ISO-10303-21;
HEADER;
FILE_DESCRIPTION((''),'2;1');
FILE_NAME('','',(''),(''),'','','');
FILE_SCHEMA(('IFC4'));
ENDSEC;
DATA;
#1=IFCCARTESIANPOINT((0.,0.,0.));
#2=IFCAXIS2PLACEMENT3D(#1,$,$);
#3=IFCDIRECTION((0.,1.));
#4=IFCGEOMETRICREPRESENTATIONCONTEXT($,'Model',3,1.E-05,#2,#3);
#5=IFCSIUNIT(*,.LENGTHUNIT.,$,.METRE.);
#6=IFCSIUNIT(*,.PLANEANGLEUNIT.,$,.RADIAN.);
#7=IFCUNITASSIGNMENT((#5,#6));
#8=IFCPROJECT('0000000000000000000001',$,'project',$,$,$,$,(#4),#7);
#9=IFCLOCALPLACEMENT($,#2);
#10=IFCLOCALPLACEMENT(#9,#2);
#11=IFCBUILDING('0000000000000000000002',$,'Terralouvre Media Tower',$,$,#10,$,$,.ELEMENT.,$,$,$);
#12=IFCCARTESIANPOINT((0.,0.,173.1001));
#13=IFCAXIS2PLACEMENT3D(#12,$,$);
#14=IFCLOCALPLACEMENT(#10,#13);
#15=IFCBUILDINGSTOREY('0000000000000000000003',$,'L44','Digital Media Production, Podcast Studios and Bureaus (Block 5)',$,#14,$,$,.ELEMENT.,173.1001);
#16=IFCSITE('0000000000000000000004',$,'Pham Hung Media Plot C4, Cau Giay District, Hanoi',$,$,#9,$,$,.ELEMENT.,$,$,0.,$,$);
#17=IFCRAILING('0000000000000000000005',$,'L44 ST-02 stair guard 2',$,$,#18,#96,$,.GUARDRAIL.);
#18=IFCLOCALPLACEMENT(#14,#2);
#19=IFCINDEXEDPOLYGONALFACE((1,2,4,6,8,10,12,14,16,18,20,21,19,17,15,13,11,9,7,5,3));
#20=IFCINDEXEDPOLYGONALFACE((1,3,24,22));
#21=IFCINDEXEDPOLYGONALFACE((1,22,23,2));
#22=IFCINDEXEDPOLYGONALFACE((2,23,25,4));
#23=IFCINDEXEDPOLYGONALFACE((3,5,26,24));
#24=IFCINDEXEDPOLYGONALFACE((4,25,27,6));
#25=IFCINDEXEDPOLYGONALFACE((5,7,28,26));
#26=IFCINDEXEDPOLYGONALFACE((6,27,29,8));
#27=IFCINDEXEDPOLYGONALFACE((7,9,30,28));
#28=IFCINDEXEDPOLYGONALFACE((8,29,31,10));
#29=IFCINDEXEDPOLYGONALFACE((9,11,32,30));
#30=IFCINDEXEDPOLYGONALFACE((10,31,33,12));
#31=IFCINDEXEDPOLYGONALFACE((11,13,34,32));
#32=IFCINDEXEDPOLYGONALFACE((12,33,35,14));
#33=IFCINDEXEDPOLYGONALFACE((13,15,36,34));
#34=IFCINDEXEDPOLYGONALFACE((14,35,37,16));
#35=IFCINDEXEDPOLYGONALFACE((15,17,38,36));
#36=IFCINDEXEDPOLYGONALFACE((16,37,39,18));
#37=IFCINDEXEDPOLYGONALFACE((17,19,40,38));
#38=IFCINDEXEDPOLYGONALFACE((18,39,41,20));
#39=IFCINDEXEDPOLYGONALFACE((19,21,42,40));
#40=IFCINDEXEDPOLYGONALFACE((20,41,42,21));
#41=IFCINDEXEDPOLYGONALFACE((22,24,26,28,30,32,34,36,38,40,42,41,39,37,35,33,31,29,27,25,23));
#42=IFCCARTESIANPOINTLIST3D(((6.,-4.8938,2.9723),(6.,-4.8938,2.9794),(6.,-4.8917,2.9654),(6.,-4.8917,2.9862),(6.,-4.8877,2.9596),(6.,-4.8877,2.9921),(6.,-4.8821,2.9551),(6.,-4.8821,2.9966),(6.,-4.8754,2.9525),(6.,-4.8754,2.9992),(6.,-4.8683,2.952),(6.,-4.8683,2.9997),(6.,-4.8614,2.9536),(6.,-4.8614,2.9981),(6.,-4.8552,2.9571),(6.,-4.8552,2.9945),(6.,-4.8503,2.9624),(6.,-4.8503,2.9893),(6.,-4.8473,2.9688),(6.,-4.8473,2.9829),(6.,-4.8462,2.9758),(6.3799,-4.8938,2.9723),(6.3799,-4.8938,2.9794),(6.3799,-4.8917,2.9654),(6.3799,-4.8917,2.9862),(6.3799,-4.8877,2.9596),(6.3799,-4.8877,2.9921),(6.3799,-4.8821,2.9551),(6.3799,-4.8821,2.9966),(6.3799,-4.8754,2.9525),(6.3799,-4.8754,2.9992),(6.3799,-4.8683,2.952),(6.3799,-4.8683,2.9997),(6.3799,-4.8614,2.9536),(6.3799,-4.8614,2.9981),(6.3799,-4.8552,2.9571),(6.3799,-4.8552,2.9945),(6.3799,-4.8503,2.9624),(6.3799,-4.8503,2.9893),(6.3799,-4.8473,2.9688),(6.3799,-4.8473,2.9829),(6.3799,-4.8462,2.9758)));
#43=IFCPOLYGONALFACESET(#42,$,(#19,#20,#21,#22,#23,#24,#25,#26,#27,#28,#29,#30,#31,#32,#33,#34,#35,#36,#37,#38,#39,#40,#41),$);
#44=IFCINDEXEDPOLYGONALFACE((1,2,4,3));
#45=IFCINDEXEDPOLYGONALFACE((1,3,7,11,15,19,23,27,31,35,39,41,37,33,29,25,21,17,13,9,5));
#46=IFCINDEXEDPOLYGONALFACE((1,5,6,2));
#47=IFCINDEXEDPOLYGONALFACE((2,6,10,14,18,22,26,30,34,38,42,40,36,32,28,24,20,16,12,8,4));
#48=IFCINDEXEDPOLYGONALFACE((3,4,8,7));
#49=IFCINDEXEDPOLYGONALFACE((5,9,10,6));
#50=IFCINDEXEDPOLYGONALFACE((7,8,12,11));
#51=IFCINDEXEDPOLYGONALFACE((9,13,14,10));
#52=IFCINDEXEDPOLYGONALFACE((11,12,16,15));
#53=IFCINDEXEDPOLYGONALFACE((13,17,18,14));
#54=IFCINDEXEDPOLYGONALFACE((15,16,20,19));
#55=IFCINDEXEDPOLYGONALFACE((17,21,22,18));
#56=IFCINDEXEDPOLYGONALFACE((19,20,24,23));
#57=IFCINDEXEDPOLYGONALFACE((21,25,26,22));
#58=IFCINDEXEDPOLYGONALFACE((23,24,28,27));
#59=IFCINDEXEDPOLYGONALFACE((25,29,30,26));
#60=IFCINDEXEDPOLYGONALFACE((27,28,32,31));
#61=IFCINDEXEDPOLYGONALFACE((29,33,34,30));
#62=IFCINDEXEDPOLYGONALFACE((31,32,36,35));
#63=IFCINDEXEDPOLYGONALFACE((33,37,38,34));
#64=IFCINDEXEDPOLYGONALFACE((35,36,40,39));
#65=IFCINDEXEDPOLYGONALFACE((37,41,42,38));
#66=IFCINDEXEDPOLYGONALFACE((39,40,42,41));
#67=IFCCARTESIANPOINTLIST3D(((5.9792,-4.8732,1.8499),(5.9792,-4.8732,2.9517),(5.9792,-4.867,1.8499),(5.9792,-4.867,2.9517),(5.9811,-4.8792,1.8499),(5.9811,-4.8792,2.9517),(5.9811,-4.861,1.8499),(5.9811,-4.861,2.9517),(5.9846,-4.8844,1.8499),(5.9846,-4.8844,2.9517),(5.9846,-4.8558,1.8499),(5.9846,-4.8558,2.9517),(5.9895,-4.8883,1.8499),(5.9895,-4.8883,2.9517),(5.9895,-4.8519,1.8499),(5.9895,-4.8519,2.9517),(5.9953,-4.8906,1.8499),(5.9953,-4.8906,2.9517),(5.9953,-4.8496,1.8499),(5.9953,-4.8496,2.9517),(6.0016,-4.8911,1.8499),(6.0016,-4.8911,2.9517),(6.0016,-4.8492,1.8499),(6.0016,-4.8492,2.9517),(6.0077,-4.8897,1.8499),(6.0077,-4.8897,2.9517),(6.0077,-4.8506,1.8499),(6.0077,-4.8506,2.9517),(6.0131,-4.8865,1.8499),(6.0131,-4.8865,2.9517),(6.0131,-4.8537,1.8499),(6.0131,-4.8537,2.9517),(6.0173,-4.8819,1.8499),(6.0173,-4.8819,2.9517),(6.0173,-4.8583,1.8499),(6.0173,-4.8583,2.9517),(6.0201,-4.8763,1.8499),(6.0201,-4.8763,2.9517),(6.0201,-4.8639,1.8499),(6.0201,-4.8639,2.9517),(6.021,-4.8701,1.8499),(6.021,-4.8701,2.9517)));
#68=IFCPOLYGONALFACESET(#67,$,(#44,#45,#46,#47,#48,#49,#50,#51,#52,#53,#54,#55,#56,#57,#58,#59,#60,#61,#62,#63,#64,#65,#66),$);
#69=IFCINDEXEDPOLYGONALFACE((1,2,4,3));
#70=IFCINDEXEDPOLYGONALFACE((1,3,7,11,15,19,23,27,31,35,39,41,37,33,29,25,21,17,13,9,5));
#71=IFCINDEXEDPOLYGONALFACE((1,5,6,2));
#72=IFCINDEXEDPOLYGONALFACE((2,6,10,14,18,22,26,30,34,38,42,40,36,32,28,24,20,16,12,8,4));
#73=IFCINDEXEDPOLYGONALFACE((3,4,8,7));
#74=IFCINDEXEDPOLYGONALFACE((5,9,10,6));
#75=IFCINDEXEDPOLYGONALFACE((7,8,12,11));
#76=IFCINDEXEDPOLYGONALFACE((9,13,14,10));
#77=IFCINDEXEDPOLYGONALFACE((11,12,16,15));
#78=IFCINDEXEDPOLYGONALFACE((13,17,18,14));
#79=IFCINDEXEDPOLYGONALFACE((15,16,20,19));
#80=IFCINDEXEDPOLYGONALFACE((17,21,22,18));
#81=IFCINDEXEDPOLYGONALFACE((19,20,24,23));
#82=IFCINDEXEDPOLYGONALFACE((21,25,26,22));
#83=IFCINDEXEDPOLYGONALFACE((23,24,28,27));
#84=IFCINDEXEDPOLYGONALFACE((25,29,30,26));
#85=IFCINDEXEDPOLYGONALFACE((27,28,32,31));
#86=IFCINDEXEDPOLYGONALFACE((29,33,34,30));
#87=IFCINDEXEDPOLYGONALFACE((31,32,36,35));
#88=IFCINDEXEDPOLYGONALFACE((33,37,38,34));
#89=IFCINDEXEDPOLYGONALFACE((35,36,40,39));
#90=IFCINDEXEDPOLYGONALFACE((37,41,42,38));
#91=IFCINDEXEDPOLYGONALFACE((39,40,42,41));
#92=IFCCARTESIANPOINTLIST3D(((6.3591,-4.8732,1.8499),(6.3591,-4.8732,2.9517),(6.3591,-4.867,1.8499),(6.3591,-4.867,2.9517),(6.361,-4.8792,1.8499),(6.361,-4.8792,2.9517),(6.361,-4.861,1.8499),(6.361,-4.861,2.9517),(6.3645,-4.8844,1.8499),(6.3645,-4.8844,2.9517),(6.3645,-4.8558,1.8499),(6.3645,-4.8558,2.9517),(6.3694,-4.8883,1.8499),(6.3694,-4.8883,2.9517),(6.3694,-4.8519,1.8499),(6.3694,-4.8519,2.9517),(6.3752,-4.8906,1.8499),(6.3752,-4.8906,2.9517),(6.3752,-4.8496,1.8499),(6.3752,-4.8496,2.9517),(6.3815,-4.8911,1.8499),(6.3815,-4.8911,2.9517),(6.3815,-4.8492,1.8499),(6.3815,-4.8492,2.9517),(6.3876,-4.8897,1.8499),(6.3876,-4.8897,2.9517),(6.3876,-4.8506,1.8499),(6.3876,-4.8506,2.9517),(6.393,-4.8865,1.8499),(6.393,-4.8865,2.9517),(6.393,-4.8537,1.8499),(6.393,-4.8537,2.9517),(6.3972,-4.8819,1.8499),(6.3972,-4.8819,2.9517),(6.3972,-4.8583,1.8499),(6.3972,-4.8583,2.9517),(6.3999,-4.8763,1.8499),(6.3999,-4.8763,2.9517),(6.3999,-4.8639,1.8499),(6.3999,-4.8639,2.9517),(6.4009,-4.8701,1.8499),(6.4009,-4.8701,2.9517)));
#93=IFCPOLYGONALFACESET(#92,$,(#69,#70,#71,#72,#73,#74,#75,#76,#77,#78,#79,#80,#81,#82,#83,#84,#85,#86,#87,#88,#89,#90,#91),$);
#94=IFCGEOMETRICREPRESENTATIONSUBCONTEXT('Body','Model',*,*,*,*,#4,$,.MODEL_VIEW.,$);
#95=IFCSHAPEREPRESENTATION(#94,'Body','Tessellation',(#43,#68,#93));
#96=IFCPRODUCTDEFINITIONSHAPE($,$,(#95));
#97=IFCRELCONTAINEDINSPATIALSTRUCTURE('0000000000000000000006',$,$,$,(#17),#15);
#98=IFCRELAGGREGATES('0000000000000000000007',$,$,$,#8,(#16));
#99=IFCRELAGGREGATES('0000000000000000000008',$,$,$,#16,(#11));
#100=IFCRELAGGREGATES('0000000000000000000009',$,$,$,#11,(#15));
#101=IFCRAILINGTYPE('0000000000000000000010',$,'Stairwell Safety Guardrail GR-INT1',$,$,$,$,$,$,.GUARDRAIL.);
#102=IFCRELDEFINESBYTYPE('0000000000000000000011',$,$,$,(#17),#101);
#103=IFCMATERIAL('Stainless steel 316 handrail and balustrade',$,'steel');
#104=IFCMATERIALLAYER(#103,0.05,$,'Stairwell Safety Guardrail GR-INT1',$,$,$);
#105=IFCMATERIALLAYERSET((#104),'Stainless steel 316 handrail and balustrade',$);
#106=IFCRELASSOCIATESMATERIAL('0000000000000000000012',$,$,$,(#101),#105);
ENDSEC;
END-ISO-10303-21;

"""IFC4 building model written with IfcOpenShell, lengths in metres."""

from ifc_helpers import new_model, si_unit, direction, frame, origin, origin_2d, place, context, subcontext, project, spatial, circle, extrude, material, layer, layer_set, type_object, element, save


model = new_model("IFC4")

# Units and contexts
model_context = context("Model", 3, precision=1e-05, world=origin(), true_north=direction((0.0, 1.0)))
body_context = subcontext(model_context, "Body", "Model", "MODEL_VIEW")
ifc_project = project(units=[si_unit("LENGTHUNIT", "METRE"), si_unit("PLANEANGLEUNIT", "RADIAN")], contexts=[model_context])

# Site, building, storey
site_placement = place(None, origin())
site = spatial("IfcSite", under=ifc_project, at=site_placement, Name="Pham Hung Media Plot C4, Cau Giay District, Hanoi", CompositionType="ELEMENT", RefElevation=0.0)
building_placement = place(site_placement, origin())
building = spatial("IfcBuilding", under=site, at=building_placement, Name="Terralouvre Media Tower", CompositionType="ELEMENT")
storey_placement = place(building_placement, frame((0.0, 0.0, 173.1001)))
storey = spatial("IfcBuildingStorey", under=building, at=storey_placement, Name="L44", Description="Digital Media Production, Podcast Studios and Bureaus (Block 5)", CompositionType="ELEMENT", Elevation=173.1001)

# Railing
ifc_material_1 = material(Name="Stainless steel 316 handrail and balustrade", Category="steel")
ifc_layer_1 = layer(ifc_material_1, 0.05, Name="Stairwell Safety Guardrail GR-INT1")
ifc_layer_set_1 = layer_set([ifc_layer_1], Name="Stainless steel 316 handrail and balustrade")
railing_type_1 = type_object("IfcRailingType", Name="Stairwell Safety Guardrail GR-INT1", PredefinedType="GUARDRAIL", material=ifc_layer_set_1)
railing_1_placement = place(storey_placement, frame((6.0, -4.8701, 1.8499)))
element("IfcRailing", 1, at=railing_1_placement, inside=storey, type_object=railing_type_1, Name="L44 ST-02 stair guard 2", PredefinedType="GUARDRAIL", context=body_context, shape_type="SweptSolid", body=[
    extrude(circle(Radius=0.0239, at=origin_2d()), frame((0.0, 0.0, 1.126), z_axis=(1.0, 0.0, 0.0), x_axis=(0.0, 1.0, 0.0)), (0.0, 0.0, 1.0), 0.3799),
    extrude(circle(Radius=0.021, at=origin_2d()), origin(), (0.0, 0.0, 1.0), 1.1018),
    extrude(circle(Radius=0.021, at=origin_2d()), frame((0.3799, 0.0, 0.0)), (0.0, 0.0, 1.0), 1.1018),
])

save(model, "model.ifc")
